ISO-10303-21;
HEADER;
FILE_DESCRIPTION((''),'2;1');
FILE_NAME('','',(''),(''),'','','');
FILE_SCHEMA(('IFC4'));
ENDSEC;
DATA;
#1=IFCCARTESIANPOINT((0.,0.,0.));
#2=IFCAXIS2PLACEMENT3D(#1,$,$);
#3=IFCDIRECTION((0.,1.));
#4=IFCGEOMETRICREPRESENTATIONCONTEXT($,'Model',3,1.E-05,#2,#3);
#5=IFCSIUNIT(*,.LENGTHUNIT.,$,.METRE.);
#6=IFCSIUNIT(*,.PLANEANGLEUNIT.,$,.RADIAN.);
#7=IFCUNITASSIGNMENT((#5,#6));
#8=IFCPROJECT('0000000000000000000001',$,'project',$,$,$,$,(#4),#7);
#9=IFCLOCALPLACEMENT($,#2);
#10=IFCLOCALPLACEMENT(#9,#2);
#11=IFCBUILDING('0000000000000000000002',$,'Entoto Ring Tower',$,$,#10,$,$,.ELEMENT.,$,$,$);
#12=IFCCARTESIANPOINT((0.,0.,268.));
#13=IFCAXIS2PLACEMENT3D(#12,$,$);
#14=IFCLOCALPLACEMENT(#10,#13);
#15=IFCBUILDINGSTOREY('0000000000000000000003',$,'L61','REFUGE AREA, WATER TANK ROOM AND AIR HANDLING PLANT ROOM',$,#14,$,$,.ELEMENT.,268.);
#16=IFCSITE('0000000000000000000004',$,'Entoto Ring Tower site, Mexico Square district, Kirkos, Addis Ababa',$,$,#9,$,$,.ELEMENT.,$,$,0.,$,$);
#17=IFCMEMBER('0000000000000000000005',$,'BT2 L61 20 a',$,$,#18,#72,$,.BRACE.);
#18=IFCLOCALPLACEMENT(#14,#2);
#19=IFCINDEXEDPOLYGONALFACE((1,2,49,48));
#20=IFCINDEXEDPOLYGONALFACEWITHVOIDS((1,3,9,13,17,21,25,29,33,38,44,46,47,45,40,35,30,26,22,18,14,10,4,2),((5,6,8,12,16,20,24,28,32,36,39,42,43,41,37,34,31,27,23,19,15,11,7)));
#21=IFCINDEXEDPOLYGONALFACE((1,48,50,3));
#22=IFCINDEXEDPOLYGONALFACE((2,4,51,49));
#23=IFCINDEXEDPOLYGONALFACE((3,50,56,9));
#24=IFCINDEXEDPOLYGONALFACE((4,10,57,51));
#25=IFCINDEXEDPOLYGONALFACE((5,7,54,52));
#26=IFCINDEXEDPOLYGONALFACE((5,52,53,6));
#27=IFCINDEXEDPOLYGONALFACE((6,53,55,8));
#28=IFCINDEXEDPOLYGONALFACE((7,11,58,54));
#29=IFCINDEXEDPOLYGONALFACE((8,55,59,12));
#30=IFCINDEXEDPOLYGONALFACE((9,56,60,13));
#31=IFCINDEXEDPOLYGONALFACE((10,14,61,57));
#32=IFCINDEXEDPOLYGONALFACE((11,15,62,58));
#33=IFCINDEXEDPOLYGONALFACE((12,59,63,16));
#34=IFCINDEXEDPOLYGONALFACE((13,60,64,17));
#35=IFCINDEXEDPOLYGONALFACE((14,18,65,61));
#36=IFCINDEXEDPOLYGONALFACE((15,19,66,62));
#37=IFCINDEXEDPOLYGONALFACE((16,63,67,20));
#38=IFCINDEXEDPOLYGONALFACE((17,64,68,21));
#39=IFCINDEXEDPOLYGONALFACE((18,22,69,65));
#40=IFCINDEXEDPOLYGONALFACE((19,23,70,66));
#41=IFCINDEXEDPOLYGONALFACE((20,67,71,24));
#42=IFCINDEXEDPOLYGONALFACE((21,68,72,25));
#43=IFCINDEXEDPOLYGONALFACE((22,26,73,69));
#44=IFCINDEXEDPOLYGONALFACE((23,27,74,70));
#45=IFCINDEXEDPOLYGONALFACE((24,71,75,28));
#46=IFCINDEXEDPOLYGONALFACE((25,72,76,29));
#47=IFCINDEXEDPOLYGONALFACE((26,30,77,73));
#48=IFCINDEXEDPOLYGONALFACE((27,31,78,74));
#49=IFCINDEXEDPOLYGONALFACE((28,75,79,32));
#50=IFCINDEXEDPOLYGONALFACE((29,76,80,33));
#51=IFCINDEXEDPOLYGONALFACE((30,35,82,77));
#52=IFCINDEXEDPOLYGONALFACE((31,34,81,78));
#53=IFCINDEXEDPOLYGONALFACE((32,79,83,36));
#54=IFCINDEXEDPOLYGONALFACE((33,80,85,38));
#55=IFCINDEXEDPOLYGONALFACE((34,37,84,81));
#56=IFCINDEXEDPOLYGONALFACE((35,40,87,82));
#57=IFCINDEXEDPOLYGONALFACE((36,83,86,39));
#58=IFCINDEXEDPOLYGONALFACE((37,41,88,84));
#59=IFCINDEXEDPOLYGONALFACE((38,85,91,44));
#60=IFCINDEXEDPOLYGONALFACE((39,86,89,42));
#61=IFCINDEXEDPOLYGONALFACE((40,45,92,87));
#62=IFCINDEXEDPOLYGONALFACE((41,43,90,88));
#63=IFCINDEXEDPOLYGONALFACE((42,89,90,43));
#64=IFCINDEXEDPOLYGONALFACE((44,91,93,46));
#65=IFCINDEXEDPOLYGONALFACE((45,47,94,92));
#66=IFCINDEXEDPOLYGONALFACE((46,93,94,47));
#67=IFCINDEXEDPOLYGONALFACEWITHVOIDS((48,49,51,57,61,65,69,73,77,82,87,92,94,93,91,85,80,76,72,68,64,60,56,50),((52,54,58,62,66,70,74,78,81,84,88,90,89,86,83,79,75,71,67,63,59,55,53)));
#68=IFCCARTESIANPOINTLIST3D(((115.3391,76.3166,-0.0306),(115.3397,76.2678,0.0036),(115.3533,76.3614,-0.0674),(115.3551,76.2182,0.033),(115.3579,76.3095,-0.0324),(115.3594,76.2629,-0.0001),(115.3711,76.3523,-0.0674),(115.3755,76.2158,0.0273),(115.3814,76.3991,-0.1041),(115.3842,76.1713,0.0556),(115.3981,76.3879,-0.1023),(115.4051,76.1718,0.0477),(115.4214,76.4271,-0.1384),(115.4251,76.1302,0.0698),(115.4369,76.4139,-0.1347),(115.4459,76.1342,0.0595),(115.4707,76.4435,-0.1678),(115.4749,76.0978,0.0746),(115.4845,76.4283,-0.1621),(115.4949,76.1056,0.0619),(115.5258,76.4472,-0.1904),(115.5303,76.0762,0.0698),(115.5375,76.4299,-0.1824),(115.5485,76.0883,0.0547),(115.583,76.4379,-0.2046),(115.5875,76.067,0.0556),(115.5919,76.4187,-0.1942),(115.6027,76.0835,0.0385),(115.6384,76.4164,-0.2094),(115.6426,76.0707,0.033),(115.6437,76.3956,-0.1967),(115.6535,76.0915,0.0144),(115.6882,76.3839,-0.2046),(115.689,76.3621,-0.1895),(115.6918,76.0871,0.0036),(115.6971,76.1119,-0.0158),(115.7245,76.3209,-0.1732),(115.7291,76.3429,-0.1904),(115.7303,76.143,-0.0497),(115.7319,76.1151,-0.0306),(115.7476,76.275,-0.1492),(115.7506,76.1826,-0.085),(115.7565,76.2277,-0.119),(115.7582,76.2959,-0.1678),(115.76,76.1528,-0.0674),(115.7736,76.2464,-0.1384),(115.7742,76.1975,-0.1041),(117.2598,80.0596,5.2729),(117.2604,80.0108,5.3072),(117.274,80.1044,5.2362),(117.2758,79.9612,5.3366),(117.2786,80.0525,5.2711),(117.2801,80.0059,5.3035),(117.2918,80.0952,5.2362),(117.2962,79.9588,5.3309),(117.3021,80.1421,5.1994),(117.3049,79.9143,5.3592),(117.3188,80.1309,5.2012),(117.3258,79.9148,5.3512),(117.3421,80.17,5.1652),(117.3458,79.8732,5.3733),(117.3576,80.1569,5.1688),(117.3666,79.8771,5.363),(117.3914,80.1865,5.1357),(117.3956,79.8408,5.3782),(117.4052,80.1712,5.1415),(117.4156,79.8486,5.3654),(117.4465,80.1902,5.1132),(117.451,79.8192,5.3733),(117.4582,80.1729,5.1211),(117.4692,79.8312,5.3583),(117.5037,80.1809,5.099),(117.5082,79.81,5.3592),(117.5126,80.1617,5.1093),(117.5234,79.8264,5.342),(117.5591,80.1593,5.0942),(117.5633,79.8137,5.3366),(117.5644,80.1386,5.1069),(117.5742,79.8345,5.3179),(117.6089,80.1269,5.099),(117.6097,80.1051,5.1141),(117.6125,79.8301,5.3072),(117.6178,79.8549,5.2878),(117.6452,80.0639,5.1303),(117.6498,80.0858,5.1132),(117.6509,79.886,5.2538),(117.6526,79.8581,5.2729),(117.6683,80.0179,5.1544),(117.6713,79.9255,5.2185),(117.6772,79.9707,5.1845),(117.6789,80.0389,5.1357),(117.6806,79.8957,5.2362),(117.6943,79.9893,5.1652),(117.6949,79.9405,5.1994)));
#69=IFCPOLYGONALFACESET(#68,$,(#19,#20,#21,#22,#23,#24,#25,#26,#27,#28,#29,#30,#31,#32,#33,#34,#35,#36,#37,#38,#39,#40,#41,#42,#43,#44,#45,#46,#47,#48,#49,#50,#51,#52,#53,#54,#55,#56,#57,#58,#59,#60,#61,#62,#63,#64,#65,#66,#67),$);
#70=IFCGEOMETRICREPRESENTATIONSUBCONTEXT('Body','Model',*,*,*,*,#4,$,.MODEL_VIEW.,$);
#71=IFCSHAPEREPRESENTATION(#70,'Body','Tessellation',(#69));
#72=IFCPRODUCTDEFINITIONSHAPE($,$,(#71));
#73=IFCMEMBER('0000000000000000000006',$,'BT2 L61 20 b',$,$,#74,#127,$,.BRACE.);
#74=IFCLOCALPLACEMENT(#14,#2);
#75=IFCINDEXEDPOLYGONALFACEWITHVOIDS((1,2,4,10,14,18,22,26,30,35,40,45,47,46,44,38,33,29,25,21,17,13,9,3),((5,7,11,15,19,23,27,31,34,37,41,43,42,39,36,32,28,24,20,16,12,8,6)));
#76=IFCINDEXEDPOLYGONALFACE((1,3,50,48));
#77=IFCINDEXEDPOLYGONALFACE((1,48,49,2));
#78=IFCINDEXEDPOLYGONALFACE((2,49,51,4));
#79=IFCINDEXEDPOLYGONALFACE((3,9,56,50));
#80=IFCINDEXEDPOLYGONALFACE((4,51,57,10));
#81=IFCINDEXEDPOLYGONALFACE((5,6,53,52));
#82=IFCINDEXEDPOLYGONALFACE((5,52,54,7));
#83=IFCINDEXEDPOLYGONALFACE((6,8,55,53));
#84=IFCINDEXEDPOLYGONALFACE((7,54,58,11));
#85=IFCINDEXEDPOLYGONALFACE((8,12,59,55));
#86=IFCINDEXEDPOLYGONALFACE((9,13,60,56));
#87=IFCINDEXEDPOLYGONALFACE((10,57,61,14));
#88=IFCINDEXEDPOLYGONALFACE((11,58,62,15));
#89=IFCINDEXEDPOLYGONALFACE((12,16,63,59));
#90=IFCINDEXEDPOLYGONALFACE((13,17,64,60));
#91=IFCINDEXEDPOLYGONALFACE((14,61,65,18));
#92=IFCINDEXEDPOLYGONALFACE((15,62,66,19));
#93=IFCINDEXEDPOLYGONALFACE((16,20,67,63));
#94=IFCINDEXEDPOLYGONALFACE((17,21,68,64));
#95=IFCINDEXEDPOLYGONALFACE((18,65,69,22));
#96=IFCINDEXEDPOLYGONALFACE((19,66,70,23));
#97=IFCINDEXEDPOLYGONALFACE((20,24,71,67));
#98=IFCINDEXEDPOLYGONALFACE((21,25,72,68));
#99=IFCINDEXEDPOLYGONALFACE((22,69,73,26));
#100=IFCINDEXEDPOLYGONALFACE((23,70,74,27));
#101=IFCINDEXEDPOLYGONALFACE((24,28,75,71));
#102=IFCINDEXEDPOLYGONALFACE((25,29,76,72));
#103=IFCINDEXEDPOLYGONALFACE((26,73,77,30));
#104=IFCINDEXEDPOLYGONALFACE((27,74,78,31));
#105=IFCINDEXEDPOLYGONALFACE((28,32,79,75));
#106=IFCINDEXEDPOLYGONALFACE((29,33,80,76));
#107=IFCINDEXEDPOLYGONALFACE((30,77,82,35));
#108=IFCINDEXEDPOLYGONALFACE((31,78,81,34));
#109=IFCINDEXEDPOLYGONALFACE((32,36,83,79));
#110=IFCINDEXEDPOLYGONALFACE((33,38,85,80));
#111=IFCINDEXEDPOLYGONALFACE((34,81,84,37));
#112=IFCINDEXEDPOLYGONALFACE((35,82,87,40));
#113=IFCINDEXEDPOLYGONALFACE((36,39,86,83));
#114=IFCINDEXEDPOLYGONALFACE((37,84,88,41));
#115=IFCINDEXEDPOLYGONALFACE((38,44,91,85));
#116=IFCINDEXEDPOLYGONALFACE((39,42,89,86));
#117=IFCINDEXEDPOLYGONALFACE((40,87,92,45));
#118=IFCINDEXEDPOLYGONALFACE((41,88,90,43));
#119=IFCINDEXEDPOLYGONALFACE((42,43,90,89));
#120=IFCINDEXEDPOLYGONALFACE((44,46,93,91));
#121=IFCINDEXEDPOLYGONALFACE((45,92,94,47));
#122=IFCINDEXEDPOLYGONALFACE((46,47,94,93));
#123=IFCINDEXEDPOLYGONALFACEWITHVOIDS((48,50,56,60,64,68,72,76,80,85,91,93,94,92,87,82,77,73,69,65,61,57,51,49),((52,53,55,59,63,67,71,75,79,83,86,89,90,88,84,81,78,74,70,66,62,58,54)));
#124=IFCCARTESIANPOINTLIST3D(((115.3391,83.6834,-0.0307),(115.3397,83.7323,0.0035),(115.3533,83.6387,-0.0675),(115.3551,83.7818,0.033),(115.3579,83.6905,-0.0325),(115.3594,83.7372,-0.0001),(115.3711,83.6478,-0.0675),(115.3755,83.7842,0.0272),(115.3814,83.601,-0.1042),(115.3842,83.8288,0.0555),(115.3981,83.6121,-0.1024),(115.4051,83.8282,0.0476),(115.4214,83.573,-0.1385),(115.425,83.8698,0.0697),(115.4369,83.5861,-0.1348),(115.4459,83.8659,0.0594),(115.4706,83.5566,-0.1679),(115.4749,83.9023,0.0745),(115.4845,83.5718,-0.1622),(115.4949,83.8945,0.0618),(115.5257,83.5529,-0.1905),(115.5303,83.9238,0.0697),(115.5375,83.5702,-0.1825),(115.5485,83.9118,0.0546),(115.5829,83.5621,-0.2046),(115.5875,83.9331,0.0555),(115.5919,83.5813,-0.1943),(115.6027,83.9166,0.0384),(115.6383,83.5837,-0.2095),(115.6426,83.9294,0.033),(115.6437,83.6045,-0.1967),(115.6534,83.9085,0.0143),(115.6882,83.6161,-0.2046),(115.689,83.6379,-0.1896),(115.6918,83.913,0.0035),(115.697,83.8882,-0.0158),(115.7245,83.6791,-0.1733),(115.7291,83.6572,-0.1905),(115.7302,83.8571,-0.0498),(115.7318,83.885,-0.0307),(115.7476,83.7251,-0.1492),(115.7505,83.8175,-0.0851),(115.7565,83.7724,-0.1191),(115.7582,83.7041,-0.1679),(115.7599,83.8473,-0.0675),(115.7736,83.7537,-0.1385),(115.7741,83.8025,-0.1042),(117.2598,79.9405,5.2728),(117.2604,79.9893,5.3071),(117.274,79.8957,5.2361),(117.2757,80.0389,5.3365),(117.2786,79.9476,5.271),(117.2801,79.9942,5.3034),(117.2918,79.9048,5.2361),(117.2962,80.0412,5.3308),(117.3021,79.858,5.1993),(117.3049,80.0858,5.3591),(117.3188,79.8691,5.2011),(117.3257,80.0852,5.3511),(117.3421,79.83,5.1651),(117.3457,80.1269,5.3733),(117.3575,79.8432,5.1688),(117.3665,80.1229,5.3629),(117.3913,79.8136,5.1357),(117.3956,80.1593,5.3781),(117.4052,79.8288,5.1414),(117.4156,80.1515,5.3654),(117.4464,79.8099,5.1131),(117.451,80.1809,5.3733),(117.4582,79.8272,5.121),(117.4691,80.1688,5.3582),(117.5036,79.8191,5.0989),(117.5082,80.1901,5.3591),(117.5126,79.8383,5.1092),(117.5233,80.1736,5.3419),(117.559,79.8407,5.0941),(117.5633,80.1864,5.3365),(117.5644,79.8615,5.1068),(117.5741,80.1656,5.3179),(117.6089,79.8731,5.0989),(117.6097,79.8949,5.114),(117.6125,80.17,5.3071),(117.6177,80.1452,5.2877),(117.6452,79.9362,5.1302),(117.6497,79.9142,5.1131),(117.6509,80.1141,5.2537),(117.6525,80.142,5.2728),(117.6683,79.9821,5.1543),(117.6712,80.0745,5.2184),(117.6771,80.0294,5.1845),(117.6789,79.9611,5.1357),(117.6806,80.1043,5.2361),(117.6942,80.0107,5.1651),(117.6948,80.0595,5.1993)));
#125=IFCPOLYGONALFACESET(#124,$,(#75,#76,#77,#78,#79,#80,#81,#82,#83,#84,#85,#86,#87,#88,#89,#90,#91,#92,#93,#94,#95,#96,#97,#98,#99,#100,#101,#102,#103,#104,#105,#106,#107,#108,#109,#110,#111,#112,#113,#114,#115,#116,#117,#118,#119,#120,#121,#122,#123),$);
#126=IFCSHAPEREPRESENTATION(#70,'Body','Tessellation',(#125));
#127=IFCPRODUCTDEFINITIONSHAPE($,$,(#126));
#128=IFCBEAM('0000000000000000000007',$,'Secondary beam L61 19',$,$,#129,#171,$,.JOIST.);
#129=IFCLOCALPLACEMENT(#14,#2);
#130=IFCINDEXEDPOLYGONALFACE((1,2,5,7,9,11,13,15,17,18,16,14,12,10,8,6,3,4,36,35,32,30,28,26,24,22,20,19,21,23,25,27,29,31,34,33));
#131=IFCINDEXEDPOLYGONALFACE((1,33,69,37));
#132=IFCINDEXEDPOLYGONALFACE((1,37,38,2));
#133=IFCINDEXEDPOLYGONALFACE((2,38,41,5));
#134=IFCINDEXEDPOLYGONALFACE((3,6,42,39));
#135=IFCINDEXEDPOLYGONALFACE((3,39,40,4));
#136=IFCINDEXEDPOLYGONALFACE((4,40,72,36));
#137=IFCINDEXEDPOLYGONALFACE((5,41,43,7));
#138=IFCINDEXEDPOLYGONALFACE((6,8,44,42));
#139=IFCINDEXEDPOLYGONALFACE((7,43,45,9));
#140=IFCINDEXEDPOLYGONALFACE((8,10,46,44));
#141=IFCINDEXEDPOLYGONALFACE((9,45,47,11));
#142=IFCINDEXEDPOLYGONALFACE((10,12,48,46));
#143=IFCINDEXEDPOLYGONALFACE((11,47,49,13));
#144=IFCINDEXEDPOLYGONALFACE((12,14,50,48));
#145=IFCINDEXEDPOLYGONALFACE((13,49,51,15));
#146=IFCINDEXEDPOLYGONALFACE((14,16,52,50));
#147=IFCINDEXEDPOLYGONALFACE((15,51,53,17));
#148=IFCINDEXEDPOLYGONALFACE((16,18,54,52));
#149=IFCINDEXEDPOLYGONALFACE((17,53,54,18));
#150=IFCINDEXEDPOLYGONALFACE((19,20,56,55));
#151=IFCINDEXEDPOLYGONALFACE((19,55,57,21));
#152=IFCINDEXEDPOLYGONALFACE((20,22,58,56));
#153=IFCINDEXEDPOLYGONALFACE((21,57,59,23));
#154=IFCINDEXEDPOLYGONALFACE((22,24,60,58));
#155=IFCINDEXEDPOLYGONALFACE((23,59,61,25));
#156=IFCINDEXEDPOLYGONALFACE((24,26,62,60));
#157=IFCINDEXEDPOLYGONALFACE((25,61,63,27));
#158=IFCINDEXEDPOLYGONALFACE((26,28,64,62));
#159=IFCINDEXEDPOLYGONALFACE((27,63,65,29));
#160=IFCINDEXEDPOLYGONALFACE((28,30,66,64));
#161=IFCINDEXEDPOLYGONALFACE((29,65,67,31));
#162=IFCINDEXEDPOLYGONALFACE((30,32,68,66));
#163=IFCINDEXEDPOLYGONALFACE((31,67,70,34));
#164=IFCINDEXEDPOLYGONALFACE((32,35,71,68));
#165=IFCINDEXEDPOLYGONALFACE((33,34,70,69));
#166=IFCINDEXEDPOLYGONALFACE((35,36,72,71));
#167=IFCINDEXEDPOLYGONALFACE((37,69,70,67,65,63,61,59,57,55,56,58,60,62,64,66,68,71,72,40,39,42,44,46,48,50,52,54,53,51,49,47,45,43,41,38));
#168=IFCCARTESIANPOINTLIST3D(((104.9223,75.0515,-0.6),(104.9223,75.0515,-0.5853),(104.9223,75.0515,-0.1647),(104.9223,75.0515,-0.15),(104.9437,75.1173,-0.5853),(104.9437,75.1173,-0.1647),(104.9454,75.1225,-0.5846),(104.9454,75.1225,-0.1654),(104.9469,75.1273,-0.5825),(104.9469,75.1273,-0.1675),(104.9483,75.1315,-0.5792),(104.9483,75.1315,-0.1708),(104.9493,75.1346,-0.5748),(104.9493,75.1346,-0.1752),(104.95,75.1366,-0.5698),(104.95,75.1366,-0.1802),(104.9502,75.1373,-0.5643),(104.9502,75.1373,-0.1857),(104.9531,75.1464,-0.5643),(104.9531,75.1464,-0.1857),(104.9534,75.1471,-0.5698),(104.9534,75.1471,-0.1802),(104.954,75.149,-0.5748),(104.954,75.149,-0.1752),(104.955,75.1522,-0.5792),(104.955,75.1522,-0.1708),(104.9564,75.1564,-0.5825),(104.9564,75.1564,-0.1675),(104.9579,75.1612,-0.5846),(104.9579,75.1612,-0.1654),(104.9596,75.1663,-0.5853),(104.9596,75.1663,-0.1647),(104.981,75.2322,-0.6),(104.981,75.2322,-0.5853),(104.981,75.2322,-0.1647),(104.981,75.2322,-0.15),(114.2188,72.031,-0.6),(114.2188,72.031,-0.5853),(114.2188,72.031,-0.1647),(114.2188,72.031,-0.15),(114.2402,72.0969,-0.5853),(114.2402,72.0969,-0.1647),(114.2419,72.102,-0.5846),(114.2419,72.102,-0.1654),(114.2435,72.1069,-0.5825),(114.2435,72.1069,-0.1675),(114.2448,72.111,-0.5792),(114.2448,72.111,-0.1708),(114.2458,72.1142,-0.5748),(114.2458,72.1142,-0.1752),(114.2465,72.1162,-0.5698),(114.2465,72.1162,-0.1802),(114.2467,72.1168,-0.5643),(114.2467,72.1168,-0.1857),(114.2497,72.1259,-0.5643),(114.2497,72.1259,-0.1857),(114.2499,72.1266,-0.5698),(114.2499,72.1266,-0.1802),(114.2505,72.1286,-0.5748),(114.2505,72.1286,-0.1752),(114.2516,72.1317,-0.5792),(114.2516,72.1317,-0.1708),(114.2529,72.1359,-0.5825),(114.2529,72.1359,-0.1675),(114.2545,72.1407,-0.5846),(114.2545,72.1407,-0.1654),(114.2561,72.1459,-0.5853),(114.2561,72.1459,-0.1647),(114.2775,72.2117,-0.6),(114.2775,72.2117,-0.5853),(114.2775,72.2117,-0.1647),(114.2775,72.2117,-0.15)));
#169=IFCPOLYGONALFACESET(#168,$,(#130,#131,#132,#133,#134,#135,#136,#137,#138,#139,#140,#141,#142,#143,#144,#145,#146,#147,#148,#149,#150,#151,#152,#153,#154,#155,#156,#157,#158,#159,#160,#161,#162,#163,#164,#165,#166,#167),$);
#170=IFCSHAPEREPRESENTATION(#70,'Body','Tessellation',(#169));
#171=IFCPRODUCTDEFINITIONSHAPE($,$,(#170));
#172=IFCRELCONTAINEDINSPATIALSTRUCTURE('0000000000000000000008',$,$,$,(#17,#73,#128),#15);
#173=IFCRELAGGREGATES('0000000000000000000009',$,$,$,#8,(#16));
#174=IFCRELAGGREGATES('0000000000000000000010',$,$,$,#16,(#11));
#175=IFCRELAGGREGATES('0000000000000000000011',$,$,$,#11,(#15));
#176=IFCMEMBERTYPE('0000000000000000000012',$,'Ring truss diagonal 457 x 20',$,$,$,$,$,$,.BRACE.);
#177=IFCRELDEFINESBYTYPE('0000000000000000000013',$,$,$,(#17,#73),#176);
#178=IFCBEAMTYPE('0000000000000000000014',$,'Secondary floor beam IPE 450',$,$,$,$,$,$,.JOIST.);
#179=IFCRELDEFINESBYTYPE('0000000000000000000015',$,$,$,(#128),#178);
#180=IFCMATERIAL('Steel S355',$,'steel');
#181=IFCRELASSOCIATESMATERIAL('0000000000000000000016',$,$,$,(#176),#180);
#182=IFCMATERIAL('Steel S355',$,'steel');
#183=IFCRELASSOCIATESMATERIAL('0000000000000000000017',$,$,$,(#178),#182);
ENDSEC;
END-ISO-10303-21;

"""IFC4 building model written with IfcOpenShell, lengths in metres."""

from ifc_helpers import new_model, si_unit, direction, frame, origin, origin_2d, place, context, subcontext, project, spatial, circle, hollow_circle, i_section, extrude, material, material_profile, profile_set, type_object, element, save


model = new_model("IFC4")

# Units and contexts
model_context = context("Model", 3, precision=1e-05, world=origin(), true_north=direction((0.0, 1.0)))
body_context = subcontext(model_context, "Body", "Model", "MODEL_VIEW")
ifc_project = project(units=[si_unit("LENGTHUNIT", "METRE"), si_unit("PLANEANGLEUNIT", "RADIAN")], contexts=[model_context])

# Site, building, storey
site_placement = place(None, origin())
site = spatial("IfcSite", under=ifc_project, at=site_placement, Name="Entoto Ring Tower site, Mexico Square district, Kirkos, Addis Ababa", CompositionType="ELEMENT", RefElevation=0.0)
building_placement = place(site_placement, origin())
building = spatial("IfcBuilding", under=site, at=building_placement, Name="Entoto Ring Tower", CompositionType="ELEMENT")
storey_placement = place(building_placement, frame((0.0, 0.0, 268.0)))
storey = spatial("IfcBuildingStorey", under=building, at=storey_placement, Name="L61", Description="REFUGE AREA, WATER TANK ROOM AND AIR HANDLING PLANT ROOM", CompositionType="ELEMENT", Elevation=268.0)

# Members
ifc_material_1 = material(Name="Steel S355", Category="steel")
ifc_material_profile_1 = material_profile(ifc_material_1, hollow_circle(Radius=0.2285, WallThickness=0.02, at=origin_2d()), Name="CHS 457 x 20")
ifc_material_2 = material(Name="Concrete C60/75", Category="concrete")
ifc_material_profile_2 = material_profile(ifc_material_2, circle(Radius=0.2085, at=origin_2d()), Name="Concrete C60/75 infill")
ifc_profile_set_1 = profile_set([ifc_material_profile_1, ifc_material_profile_2], Name="Steel S355")
member_type_1 = type_object("IfcMemberType", Name="Ring truss diagonal 457 x 20", PredefinedType="BRACE", material=ifc_profile_set_1)
for number, where, z_axis, x_axis, name in (
    (1, (115.5566, 76.2571, -0.0674), (0.283725, 0.552915, 0.783444), (-0.889701, 0.456544, 0.0), "BT2 L61 20 a"),
    (2, (117.4773, 80.0, 5.2361), (-0.283725, 0.552915, -0.783444), (-0.889701, -0.456544, 0.0), "BT2 L61 20 b"),
):
    element("IfcMember", number, at=place(storey_placement, frame(where, z_axis=z_axis, x_axis=x_axis)), inside=storey, type_object=member_type_1, Name=name, PredefinedType="BRACE", context=body_context, shape_type="SweptSolid", body=[
        extrude(hollow_circle(Radius=0.2285, WallThickness=0.02, at=origin_2d()), origin(), (0.0, 0.0, 1.0), 6.7695),
    ])

# Beam
ifc_material_3 = material(Name="Steel S355", Category="steel")
ifc_material_profile_3 = material_profile(ifc_material_3, i_section(OverallWidth=0.1899, OverallDepth=0.45, WebThickness=0.0095, FlangeThickness=0.0146, FilletRadius=0.021, at=origin_2d()), Name="IPE 450")
ifc_profile_set_2 = profile_set([ifc_material_profile_3], Name="Steel S355")
beam_type_1 = type_object("IfcBeamType", Name="Secondary floor beam IPE 450", PredefinedType="JOIST", material=ifc_profile_set_2)
beam_1_placement = place(storey_placement, frame((104.9517, 75.1418, -0.375), z_axis=(0.951061, -0.309003, 0.0), x_axis=(0.309003, 0.951061, 0.0)))
element("IfcBeam", 3, at=beam_1_placement, inside=storey, type_object=beam_type_1, Name="Secondary beam L61 19", PredefinedType="JOIST", context=body_context, shape_type="SweptSolid", body=[
    extrude(i_section(OverallWidth=0.1899, OverallDepth=0.45, WebThickness=0.0095, FlangeThickness=0.0146, FilletRadius=0.021, at=origin_2d()), origin(), (0.0, 0.0, 1.0), 9.7749),
])

save(model, "model.ifc")
